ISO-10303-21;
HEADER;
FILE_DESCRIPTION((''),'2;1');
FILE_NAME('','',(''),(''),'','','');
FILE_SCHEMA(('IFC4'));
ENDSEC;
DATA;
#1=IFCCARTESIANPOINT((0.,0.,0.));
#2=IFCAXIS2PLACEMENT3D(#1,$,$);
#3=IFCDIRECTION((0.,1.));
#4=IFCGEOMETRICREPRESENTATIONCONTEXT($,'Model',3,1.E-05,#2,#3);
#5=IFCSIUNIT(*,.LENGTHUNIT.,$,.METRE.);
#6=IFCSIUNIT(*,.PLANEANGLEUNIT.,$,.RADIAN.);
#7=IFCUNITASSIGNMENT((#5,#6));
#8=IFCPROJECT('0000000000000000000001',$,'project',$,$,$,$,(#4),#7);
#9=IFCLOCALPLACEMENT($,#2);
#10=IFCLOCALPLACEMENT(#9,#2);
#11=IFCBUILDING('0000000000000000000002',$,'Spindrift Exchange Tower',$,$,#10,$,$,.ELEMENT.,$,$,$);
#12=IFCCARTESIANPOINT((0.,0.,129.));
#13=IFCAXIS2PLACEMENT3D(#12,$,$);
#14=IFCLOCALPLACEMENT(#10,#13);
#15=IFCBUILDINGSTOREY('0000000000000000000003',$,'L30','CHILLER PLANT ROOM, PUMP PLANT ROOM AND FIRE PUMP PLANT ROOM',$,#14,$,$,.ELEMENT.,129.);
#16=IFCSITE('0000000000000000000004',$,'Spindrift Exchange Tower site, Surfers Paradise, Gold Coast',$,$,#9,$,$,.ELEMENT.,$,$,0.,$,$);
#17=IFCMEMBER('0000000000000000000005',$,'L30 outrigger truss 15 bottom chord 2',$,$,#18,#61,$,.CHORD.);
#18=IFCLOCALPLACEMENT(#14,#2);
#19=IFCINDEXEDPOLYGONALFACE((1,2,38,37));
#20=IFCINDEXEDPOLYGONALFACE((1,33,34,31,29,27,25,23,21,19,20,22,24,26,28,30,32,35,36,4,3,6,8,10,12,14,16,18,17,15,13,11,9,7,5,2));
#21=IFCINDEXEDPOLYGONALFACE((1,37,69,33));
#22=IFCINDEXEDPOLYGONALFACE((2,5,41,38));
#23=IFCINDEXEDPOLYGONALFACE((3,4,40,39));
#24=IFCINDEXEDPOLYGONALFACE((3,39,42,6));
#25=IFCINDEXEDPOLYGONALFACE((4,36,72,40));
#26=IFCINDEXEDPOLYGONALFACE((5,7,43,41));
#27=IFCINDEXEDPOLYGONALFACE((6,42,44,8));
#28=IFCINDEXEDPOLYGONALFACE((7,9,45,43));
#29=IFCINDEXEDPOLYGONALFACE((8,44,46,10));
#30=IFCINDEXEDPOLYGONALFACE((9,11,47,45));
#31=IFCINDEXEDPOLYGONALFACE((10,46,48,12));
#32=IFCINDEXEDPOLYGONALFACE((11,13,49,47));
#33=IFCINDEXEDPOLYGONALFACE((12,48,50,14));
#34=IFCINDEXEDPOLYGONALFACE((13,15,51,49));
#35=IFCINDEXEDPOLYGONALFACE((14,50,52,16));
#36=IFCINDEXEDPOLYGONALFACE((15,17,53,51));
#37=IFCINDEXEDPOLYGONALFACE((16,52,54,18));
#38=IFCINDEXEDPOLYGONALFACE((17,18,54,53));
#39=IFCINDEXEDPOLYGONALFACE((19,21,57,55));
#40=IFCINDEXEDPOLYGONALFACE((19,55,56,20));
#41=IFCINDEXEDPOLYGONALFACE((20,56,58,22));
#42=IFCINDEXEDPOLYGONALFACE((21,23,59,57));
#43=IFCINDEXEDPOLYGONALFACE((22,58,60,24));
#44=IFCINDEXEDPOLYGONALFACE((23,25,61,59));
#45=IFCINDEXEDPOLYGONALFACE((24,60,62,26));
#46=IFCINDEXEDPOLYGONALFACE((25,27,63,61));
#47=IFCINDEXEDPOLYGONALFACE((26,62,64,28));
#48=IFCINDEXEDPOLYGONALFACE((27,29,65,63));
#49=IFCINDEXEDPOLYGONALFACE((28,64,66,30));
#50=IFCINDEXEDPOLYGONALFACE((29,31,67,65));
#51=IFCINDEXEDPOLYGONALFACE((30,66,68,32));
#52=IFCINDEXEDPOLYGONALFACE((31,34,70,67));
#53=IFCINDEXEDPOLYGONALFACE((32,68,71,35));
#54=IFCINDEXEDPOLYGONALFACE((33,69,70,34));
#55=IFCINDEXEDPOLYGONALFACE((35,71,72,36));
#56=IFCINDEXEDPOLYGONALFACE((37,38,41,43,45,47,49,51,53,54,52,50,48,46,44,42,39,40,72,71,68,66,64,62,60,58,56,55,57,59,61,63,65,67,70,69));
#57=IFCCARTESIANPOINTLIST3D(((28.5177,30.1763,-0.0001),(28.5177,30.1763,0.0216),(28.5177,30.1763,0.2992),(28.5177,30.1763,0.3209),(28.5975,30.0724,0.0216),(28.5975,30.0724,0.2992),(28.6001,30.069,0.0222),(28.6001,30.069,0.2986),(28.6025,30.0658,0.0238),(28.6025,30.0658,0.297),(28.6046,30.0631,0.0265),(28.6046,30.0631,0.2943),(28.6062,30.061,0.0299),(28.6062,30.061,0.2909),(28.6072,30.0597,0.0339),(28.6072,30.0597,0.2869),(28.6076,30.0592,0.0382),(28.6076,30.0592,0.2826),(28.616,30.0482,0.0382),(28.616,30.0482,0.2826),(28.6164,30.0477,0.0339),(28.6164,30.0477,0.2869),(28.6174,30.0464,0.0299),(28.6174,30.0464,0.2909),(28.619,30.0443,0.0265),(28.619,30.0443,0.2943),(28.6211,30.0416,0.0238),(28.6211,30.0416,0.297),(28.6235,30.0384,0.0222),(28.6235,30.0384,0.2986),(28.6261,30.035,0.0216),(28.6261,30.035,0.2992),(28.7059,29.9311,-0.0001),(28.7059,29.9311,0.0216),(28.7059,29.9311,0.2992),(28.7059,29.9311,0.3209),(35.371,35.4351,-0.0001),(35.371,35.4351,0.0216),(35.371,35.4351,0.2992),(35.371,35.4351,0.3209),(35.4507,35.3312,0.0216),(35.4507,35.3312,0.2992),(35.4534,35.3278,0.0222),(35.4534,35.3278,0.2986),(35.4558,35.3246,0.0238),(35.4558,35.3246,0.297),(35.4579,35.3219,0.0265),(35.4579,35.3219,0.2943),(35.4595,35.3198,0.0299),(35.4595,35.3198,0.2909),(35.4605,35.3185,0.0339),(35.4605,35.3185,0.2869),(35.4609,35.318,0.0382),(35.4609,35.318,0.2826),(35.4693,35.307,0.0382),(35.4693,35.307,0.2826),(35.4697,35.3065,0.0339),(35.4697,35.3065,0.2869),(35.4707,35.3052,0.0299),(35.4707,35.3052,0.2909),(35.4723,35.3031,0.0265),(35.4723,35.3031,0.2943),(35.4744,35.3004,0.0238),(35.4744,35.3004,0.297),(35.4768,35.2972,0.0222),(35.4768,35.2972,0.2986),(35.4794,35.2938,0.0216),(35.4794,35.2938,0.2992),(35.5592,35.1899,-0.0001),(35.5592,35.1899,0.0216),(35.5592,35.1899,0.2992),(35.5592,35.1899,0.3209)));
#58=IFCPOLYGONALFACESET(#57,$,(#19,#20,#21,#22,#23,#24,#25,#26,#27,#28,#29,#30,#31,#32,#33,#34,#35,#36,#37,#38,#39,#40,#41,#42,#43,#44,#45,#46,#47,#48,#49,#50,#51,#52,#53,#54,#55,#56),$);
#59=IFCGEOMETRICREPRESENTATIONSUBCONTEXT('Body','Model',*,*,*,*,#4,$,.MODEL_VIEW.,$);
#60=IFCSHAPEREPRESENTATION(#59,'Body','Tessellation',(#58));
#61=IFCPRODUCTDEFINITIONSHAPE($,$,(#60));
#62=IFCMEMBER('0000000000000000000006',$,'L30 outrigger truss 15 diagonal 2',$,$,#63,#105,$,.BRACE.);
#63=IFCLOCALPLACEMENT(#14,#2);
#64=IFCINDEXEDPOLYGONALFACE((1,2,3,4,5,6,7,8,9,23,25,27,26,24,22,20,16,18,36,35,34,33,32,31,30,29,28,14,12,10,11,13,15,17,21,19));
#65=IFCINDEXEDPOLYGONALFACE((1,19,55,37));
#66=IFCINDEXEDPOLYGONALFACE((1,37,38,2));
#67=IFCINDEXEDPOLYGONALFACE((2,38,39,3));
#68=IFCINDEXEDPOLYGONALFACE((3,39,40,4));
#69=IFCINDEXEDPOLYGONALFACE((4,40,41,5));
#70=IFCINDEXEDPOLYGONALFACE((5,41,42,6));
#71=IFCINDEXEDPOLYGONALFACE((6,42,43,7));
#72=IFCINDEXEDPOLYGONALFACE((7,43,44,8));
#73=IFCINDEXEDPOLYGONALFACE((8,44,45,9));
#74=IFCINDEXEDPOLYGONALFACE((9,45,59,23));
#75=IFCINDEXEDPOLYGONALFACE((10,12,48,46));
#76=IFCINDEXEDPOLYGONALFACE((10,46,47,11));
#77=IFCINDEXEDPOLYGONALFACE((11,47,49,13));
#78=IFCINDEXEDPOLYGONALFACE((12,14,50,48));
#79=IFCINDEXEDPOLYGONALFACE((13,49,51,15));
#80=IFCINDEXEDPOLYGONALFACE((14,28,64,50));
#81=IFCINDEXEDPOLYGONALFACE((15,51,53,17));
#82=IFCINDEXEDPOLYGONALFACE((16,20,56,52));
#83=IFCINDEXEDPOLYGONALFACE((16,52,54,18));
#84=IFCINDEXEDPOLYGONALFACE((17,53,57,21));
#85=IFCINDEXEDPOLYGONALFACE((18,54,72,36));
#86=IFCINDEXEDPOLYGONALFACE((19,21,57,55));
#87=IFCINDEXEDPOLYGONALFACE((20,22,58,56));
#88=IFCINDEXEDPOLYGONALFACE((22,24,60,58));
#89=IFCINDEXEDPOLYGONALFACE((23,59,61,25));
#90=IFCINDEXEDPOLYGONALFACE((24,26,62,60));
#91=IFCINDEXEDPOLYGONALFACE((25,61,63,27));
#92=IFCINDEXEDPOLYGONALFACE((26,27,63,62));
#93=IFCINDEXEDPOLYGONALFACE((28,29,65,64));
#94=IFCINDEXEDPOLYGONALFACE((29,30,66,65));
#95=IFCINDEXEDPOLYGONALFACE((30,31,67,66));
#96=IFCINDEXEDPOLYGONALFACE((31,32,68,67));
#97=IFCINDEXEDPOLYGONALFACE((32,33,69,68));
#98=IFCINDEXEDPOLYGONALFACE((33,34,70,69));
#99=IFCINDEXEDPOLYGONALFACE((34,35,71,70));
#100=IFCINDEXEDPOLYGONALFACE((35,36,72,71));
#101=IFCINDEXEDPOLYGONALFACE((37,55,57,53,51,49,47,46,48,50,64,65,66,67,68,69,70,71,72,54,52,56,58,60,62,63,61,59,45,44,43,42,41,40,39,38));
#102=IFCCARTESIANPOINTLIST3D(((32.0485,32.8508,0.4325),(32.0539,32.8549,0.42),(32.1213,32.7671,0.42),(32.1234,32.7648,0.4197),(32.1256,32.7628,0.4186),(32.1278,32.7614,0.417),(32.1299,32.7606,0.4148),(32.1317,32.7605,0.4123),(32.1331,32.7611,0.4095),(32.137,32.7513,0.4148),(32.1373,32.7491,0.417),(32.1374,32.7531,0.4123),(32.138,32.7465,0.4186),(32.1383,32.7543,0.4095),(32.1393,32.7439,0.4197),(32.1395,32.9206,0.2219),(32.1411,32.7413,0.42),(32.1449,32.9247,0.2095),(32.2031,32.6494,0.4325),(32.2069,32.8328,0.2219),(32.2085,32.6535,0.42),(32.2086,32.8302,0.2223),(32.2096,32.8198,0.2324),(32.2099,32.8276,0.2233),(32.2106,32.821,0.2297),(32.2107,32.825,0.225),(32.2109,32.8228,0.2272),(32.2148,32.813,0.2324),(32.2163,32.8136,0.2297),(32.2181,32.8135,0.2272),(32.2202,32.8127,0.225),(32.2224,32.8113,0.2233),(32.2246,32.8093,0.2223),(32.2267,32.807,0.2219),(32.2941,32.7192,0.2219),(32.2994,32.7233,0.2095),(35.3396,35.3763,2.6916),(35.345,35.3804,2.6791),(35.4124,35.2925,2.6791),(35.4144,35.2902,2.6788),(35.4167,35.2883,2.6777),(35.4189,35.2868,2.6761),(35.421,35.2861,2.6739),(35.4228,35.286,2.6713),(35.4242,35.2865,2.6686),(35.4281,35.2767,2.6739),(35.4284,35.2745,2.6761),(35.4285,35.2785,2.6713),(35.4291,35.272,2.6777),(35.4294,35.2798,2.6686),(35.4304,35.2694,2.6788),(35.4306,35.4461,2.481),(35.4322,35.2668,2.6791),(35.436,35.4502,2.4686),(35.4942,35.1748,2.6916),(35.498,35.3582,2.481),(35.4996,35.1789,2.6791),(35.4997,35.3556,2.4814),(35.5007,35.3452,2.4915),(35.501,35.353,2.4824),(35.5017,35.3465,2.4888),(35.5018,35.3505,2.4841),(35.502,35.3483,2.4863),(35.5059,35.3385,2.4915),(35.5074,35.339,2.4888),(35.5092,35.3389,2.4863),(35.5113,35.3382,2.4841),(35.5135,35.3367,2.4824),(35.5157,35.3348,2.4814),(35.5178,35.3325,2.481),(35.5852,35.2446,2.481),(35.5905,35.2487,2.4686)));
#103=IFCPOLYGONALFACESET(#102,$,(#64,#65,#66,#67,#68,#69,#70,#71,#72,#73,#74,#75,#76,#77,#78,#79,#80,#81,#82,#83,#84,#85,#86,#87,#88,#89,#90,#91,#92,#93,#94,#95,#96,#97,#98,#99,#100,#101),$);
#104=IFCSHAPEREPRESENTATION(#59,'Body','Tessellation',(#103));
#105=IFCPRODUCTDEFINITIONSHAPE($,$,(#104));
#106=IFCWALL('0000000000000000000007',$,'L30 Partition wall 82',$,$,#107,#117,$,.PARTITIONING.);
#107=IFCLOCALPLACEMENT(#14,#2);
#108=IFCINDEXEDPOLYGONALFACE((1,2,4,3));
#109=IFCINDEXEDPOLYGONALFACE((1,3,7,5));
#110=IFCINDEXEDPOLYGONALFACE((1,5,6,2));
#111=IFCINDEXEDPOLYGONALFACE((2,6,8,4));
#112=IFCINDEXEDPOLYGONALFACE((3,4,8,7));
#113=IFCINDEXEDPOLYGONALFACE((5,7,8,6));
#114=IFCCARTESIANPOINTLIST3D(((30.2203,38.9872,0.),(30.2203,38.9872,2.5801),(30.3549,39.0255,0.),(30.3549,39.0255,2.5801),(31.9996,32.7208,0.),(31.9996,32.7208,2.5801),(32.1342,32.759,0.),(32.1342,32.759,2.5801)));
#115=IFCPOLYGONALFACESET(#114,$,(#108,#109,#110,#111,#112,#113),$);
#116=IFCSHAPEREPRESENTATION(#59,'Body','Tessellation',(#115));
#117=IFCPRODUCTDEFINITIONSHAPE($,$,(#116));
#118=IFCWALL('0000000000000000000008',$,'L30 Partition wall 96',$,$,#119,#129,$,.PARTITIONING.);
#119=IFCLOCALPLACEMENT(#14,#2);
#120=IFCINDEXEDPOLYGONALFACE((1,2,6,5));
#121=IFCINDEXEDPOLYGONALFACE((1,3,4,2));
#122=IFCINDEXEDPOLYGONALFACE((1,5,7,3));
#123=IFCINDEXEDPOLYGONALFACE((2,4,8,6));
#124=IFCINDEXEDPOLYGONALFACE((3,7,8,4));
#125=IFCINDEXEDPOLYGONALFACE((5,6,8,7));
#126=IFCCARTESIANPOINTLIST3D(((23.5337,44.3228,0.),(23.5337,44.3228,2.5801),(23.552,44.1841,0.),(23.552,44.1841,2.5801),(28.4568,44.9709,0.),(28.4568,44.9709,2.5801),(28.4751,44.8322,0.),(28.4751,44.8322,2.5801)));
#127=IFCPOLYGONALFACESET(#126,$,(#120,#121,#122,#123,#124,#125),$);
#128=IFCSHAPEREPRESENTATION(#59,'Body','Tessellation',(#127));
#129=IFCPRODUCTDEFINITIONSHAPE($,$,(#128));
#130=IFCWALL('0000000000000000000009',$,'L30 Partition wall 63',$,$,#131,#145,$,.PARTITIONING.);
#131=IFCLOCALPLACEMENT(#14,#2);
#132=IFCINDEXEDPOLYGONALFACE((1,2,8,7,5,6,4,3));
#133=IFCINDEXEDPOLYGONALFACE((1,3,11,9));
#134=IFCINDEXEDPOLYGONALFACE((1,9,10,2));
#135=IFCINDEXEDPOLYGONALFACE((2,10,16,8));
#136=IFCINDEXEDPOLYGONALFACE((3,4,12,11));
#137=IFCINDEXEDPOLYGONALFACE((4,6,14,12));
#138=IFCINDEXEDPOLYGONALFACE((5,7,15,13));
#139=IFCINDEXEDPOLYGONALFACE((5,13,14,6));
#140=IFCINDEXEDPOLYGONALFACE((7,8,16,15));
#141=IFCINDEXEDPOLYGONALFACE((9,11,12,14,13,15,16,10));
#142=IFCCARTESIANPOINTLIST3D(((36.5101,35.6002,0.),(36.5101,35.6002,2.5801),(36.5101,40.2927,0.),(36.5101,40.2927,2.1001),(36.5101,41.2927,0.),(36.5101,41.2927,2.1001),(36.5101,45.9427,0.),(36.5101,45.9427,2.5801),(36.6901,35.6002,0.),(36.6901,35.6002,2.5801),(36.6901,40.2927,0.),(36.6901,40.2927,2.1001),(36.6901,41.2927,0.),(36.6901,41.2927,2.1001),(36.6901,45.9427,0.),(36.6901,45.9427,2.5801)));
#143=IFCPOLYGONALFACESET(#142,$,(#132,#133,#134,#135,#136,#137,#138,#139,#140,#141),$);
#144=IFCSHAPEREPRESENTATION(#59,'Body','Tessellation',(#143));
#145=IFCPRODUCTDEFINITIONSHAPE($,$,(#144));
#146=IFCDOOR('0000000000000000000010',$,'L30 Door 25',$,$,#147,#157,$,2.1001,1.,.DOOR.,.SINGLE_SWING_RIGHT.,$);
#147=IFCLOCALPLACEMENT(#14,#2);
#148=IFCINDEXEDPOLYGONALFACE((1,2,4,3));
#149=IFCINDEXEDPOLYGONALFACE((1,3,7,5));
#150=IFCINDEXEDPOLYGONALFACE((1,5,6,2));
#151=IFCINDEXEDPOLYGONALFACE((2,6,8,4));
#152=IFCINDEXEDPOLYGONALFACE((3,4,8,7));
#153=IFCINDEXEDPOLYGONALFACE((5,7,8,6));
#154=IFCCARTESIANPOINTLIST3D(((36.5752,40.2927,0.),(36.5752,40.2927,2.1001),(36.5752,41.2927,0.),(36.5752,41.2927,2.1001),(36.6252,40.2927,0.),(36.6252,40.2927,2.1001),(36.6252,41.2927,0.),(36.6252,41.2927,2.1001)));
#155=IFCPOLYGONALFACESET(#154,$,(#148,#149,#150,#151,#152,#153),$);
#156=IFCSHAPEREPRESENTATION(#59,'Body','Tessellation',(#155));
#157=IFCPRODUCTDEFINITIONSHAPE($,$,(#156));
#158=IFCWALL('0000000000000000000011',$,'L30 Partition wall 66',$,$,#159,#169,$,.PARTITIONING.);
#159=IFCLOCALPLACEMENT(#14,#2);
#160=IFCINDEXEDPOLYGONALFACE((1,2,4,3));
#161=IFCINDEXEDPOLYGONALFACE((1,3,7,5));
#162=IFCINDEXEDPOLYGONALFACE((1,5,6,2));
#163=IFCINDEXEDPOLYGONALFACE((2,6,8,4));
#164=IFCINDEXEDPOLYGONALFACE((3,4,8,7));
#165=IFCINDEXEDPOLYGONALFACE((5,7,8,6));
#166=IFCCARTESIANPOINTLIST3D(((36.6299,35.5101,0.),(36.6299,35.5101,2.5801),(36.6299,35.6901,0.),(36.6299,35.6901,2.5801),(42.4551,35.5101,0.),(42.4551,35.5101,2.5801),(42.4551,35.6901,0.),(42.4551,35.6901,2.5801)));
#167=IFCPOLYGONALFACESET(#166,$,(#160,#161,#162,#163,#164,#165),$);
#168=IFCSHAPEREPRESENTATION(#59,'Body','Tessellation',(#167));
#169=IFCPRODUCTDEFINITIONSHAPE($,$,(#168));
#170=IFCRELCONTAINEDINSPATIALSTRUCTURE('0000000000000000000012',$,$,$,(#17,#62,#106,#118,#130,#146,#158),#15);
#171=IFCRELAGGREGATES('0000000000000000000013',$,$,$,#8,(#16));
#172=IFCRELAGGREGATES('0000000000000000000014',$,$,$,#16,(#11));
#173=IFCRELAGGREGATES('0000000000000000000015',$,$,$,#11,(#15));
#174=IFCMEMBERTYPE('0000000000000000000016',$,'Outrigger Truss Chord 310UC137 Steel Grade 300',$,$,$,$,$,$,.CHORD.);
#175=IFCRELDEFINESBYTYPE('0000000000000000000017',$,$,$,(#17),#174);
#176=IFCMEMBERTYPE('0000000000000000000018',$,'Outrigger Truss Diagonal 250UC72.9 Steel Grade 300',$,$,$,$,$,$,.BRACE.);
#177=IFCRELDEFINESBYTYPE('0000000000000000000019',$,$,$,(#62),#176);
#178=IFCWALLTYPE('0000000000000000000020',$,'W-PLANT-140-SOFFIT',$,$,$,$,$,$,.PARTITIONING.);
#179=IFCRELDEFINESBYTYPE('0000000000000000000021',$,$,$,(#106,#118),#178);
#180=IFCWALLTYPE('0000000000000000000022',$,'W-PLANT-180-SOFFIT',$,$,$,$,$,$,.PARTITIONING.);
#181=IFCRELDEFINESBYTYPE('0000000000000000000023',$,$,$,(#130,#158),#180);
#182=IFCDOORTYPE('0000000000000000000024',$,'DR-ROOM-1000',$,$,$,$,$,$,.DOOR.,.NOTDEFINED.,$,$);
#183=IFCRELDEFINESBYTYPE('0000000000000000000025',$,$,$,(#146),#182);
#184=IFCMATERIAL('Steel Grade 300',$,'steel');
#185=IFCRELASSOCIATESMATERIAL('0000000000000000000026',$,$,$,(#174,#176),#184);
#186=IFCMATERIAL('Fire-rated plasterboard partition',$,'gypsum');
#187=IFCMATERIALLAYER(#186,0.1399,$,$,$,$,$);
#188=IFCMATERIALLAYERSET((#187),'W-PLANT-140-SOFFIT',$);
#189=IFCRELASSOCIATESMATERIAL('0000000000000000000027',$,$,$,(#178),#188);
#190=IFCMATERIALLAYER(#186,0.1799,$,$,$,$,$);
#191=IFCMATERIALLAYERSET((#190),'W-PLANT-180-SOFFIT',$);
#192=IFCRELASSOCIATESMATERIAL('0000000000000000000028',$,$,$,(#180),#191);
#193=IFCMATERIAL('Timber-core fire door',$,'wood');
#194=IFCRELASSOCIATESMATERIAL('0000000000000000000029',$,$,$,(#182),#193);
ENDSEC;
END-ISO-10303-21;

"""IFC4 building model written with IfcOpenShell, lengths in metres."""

from ifc_helpers import new_model, si_unit, direction, frame, frame_2d, origin, origin_2d, place, context, subcontext, project, spatial, rectangle, i_section, extrude, source, transform, mapped, material, layer, layer_set, material_profile, profile_set, type_object, element, fill, save


model = new_model("IFC4")

# Units and contexts
model_context = context("Model", 3, precision=1e-05, world=origin(), true_north=direction((0.0, 1.0)))
body_context = subcontext(model_context, "Body", "Model", "MODEL_VIEW")
ifc_project = project(units=[si_unit("LENGTHUNIT", "METRE"), si_unit("PLANEANGLEUNIT", "RADIAN")], contexts=[model_context])

# Site, building, storey
site_placement = place(None, origin())
site = spatial("IfcSite", under=ifc_project, at=site_placement, Name="Spindrift Exchange Tower site, Surfers Paradise, Gold Coast", CompositionType="ELEMENT", RefElevation=0.0)
building_placement = place(site_placement, origin())
building = spatial("IfcBuilding", under=site, at=building_placement, Name="Spindrift Exchange Tower", CompositionType="ELEMENT")
storey_placement = place(building_placement, frame((0.0, 0.0, 129.0)))
storey = spatial("IfcBuildingStorey", under=building, at=storey_placement, Name="L30", Description="CHILLER PLANT ROOM, PUMP PLANT ROOM AND FIRE PUMP PLANT ROOM", CompositionType="ELEMENT", Elevation=129.0)

# Shared definitions
ifc_material_1 = material(Name="Steel Grade 300", Category="steel")

# Shared definitions
ifc_material_profile_1 = material_profile(ifc_material_1, i_section(OverallWidth=0.3091, OverallDepth=0.321, WebThickness=0.0139, FlangeThickness=0.0217, FilletRadius=0.0166, at=origin_2d()), Name="310UC137")
ifc_profile_set_1 = profile_set([ifc_material_profile_1], Name="Steel Grade 300")
member_type_1 = type_object("IfcMemberType", Name="Outrigger Truss Chord 310UC137 Steel Grade 300", PredefinedType="CHORD", material=ifc_profile_set_1)
ifc_material_profile_2 = material_profile(ifc_material_1, i_section(OverallWidth=0.2539, OverallDepth=0.2539, WebThickness=0.0085, FlangeThickness=0.0142, FilletRadius=0.012, at=origin_2d()), Name="250UC72.9")
ifc_profile_set_2 = profile_set([ifc_material_profile_2], Name="Steel Grade 300")
member_type_2 = type_object("IfcMemberType", Name="Outrigger Truss Diagonal 250UC72.9 Steel Grade 300", PredefinedType="BRACE", material=ifc_profile_set_2)

# Members
shared_shape_1 = source(origin(), body_context, "Body", "SweptSolid", [
    extrude(i_section(OverallWidth=0.3091, OverallDepth=0.321, WebThickness=0.0139, FlangeThickness=0.0217, FilletRadius=0.0166, at=origin_2d()), origin(), (0.0, 0.0, 1.0), 8.6384),
])
member_1_placement = place(storey_placement, frame((35.4651, 35.3125, 0.1604), z_axis=(-0.793348, -0.608768, 0.0), x_axis=(0.608768, -0.793348, 0.0)))
element("IfcMember", 1, at=member_1_placement, inside=storey, type_object=member_type_1, Name="L30 outrigger truss 15 bottom chord 2", PredefinedType="CHORD", context=body_context, shape_type="MappedRepresentation", body=[
    mapped(shared_shape_1, transform((0.0, 0.0, 0.0), scale=1.0)),
])
shared_shape_2 = source(origin(), body_context, "Body", "SweptSolid", [
    extrude(i_section(OverallWidth=0.2539, OverallDepth=0.2539, WebThickness=0.0085, FlangeThickness=0.0142, FilletRadius=0.012, at=origin_2d()), origin(), (0.0, 0.0, 1.0), 4.7236),
])
member_2_placement = place(storey_placement, frame((35.4651, 35.3125, 2.5801), z_axis=(-0.69673, -0.534642, -0.478252), x_axis=(0.608777, -0.793341, 0.0)))
element("IfcMember", 2, at=member_2_placement, inside=storey, type_object=member_type_2, Name="L30 outrigger truss 15 diagonal 2", PredefinedType="BRACE", context=body_context, shape_type="MappedRepresentation", body=[
    mapped(shared_shape_2, transform((0.0, 0.0, 0.0), scale=1.0)),
])

# Walls
ifc_material_2 = material(Name="Fire-rated plasterboard partition", Category="gypsum")
ifc_layer_1 = layer(ifc_material_2, 0.1399)
ifc_layer_set_1 = layer_set([ifc_layer_1], Name="W-PLANT-140-SOFFIT")
wall_type_1 = type_object("IfcWallType", Name="W-PLANT-140-SOFFIT", PredefinedType="PARTITIONING", material=ifc_layer_set_1)
wall_1_placement = place(storey_placement, frame((30.2876, 39.0063, 0.0), z_axis=(0.0, 0.0, 1.0), x_axis=(0.273147, -0.961972, 0.0)))
element("IfcWall", 3, at=wall_1_placement, inside=storey, type_object=wall_type_1, Name="L30 Partition wall 82", PredefinedType="PARTITIONING", context=body_context, shape_type="SweptSolid", body=[
    extrude(rectangle(XDim=6.5142, YDim=0.1399, at=frame_2d((3.2571, 0.0))), origin(), (0.0, 0.0, 1.0), 2.5801),
])
wall_2_placement = place(storey_placement, frame((28.4661, 44.9016, 0.0), z_axis=(0.0, 0.0, 1.0), x_axis=(-0.991443, -0.130537, 0.0)))
element("IfcWall", 4, at=wall_2_placement, inside=storey, type_object=wall_type_1, Name="L30 Partition wall 96", PredefinedType="PARTITIONING", context=body_context, shape_type="SweptSolid", body=[
    extrude(rectangle(XDim=4.9656, YDim=0.1399, at=frame_2d((2.4829, 0.0))), origin(), (0.0, 0.0, 1.0), 2.5801),
])

# Wall, opening, door
ifc_layer_2 = layer(ifc_material_2, 0.1799)
ifc_layer_set_2 = layer_set([ifc_layer_2], Name="W-PLANT-180-SOFFIT")
wall_type_2 = type_object("IfcWallType", Name="W-PLANT-180-SOFFIT", PredefinedType="PARTITIONING", material=ifc_layer_set_2)
wall_3_placement = place(storey_placement, frame((36.6001, 35.6001, 0.0), z_axis=(0.0, 0.0, 1.0), x_axis=(0.0, 1.0, 0.0)))
wall_3 = element("IfcWall", 5, at=wall_3_placement, inside=storey, type_object=wall_type_2, Name="L30 Partition wall 63", PredefinedType="PARTITIONING", context=body_context, shape_type="SweptSolid", body=[
    extrude(rectangle(XDim=10.3425, YDim=0.1799, at=frame_2d((5.1714, 0.0))), origin(), (0.0, 0.0, 1.0), 2.5801),
])
opening_placement = place(wall_3_placement, frame((4.6926, 0.0, 0.0)))
opening = element("IfcOpeningElement", 6, at=opening_placement, cuts=wall_3, PredefinedType="OPENING", context=body_context, shape_type="SweptSolid", body=[
    extrude(rectangle(XDim=1.0, YDim=2.1001, at=frame_2d((0.5, 1.05))), frame((0.0, 0.0999, 0.0), z_axis=(0.0, -1.0, 0.0), x_axis=(1.0, 0.0, 0.0)), (0.0, 0.0, 1.0), 0.2),
])
ifc_material_3 = material(Name="Timber-core fire door", Category="wood")
door_type = type_object("IfcDoorType", Name="DR-ROOM-1000", OperationType="NOTDEFINED", PredefinedType="DOOR", material=ifc_material_3)
shared_shape_3 = source(origin(), body_context, "Body", "SweptSolid", [
    extrude(rectangle(XDim=1.0, YDim=2.1001, at=frame_2d((0.5, 1.05))), frame((0.0, 0.0249, 0.0), z_axis=(0.0, -1.0, 0.0), x_axis=(1.0, 0.0, 0.0)), (0.0, 0.0, 1.0), 0.05),
])
door_placement = place(opening_placement, origin())
door = element("IfcDoor", 7, at=door_placement, inside=storey, type_object=door_type, Name="L30 Door 25", OperationType="SINGLE_SWING_RIGHT", OverallHeight=2.1001, OverallWidth=1.0, PredefinedType="DOOR", context=body_context, shape_type="MappedRepresentation", body=[
    mapped(shared_shape_3, transform((0.0, 0.0, 0.0), scale=1.0)),
])
fill(opening, door)

# Wall
wall_4_placement = place(storey_placement, frame((36.6299, 35.6001, 0.0), z_axis=(0.0, 0.0, 1.0), x_axis=(1.0, 0.0, 0.0)))
element("IfcWall", 8, at=wall_4_placement, inside=storey, type_object=wall_type_2, Name="L30 Partition wall 66", PredefinedType="PARTITIONING", context=body_context, shape_type="SweptSolid", body=[
    extrude(rectangle(XDim=5.8252, YDim=0.1799, at=frame_2d((2.9126, 0.0))), origin(), (0.0, 0.0, 1.0), 2.5801),
])

save(model, "model.ifc")
